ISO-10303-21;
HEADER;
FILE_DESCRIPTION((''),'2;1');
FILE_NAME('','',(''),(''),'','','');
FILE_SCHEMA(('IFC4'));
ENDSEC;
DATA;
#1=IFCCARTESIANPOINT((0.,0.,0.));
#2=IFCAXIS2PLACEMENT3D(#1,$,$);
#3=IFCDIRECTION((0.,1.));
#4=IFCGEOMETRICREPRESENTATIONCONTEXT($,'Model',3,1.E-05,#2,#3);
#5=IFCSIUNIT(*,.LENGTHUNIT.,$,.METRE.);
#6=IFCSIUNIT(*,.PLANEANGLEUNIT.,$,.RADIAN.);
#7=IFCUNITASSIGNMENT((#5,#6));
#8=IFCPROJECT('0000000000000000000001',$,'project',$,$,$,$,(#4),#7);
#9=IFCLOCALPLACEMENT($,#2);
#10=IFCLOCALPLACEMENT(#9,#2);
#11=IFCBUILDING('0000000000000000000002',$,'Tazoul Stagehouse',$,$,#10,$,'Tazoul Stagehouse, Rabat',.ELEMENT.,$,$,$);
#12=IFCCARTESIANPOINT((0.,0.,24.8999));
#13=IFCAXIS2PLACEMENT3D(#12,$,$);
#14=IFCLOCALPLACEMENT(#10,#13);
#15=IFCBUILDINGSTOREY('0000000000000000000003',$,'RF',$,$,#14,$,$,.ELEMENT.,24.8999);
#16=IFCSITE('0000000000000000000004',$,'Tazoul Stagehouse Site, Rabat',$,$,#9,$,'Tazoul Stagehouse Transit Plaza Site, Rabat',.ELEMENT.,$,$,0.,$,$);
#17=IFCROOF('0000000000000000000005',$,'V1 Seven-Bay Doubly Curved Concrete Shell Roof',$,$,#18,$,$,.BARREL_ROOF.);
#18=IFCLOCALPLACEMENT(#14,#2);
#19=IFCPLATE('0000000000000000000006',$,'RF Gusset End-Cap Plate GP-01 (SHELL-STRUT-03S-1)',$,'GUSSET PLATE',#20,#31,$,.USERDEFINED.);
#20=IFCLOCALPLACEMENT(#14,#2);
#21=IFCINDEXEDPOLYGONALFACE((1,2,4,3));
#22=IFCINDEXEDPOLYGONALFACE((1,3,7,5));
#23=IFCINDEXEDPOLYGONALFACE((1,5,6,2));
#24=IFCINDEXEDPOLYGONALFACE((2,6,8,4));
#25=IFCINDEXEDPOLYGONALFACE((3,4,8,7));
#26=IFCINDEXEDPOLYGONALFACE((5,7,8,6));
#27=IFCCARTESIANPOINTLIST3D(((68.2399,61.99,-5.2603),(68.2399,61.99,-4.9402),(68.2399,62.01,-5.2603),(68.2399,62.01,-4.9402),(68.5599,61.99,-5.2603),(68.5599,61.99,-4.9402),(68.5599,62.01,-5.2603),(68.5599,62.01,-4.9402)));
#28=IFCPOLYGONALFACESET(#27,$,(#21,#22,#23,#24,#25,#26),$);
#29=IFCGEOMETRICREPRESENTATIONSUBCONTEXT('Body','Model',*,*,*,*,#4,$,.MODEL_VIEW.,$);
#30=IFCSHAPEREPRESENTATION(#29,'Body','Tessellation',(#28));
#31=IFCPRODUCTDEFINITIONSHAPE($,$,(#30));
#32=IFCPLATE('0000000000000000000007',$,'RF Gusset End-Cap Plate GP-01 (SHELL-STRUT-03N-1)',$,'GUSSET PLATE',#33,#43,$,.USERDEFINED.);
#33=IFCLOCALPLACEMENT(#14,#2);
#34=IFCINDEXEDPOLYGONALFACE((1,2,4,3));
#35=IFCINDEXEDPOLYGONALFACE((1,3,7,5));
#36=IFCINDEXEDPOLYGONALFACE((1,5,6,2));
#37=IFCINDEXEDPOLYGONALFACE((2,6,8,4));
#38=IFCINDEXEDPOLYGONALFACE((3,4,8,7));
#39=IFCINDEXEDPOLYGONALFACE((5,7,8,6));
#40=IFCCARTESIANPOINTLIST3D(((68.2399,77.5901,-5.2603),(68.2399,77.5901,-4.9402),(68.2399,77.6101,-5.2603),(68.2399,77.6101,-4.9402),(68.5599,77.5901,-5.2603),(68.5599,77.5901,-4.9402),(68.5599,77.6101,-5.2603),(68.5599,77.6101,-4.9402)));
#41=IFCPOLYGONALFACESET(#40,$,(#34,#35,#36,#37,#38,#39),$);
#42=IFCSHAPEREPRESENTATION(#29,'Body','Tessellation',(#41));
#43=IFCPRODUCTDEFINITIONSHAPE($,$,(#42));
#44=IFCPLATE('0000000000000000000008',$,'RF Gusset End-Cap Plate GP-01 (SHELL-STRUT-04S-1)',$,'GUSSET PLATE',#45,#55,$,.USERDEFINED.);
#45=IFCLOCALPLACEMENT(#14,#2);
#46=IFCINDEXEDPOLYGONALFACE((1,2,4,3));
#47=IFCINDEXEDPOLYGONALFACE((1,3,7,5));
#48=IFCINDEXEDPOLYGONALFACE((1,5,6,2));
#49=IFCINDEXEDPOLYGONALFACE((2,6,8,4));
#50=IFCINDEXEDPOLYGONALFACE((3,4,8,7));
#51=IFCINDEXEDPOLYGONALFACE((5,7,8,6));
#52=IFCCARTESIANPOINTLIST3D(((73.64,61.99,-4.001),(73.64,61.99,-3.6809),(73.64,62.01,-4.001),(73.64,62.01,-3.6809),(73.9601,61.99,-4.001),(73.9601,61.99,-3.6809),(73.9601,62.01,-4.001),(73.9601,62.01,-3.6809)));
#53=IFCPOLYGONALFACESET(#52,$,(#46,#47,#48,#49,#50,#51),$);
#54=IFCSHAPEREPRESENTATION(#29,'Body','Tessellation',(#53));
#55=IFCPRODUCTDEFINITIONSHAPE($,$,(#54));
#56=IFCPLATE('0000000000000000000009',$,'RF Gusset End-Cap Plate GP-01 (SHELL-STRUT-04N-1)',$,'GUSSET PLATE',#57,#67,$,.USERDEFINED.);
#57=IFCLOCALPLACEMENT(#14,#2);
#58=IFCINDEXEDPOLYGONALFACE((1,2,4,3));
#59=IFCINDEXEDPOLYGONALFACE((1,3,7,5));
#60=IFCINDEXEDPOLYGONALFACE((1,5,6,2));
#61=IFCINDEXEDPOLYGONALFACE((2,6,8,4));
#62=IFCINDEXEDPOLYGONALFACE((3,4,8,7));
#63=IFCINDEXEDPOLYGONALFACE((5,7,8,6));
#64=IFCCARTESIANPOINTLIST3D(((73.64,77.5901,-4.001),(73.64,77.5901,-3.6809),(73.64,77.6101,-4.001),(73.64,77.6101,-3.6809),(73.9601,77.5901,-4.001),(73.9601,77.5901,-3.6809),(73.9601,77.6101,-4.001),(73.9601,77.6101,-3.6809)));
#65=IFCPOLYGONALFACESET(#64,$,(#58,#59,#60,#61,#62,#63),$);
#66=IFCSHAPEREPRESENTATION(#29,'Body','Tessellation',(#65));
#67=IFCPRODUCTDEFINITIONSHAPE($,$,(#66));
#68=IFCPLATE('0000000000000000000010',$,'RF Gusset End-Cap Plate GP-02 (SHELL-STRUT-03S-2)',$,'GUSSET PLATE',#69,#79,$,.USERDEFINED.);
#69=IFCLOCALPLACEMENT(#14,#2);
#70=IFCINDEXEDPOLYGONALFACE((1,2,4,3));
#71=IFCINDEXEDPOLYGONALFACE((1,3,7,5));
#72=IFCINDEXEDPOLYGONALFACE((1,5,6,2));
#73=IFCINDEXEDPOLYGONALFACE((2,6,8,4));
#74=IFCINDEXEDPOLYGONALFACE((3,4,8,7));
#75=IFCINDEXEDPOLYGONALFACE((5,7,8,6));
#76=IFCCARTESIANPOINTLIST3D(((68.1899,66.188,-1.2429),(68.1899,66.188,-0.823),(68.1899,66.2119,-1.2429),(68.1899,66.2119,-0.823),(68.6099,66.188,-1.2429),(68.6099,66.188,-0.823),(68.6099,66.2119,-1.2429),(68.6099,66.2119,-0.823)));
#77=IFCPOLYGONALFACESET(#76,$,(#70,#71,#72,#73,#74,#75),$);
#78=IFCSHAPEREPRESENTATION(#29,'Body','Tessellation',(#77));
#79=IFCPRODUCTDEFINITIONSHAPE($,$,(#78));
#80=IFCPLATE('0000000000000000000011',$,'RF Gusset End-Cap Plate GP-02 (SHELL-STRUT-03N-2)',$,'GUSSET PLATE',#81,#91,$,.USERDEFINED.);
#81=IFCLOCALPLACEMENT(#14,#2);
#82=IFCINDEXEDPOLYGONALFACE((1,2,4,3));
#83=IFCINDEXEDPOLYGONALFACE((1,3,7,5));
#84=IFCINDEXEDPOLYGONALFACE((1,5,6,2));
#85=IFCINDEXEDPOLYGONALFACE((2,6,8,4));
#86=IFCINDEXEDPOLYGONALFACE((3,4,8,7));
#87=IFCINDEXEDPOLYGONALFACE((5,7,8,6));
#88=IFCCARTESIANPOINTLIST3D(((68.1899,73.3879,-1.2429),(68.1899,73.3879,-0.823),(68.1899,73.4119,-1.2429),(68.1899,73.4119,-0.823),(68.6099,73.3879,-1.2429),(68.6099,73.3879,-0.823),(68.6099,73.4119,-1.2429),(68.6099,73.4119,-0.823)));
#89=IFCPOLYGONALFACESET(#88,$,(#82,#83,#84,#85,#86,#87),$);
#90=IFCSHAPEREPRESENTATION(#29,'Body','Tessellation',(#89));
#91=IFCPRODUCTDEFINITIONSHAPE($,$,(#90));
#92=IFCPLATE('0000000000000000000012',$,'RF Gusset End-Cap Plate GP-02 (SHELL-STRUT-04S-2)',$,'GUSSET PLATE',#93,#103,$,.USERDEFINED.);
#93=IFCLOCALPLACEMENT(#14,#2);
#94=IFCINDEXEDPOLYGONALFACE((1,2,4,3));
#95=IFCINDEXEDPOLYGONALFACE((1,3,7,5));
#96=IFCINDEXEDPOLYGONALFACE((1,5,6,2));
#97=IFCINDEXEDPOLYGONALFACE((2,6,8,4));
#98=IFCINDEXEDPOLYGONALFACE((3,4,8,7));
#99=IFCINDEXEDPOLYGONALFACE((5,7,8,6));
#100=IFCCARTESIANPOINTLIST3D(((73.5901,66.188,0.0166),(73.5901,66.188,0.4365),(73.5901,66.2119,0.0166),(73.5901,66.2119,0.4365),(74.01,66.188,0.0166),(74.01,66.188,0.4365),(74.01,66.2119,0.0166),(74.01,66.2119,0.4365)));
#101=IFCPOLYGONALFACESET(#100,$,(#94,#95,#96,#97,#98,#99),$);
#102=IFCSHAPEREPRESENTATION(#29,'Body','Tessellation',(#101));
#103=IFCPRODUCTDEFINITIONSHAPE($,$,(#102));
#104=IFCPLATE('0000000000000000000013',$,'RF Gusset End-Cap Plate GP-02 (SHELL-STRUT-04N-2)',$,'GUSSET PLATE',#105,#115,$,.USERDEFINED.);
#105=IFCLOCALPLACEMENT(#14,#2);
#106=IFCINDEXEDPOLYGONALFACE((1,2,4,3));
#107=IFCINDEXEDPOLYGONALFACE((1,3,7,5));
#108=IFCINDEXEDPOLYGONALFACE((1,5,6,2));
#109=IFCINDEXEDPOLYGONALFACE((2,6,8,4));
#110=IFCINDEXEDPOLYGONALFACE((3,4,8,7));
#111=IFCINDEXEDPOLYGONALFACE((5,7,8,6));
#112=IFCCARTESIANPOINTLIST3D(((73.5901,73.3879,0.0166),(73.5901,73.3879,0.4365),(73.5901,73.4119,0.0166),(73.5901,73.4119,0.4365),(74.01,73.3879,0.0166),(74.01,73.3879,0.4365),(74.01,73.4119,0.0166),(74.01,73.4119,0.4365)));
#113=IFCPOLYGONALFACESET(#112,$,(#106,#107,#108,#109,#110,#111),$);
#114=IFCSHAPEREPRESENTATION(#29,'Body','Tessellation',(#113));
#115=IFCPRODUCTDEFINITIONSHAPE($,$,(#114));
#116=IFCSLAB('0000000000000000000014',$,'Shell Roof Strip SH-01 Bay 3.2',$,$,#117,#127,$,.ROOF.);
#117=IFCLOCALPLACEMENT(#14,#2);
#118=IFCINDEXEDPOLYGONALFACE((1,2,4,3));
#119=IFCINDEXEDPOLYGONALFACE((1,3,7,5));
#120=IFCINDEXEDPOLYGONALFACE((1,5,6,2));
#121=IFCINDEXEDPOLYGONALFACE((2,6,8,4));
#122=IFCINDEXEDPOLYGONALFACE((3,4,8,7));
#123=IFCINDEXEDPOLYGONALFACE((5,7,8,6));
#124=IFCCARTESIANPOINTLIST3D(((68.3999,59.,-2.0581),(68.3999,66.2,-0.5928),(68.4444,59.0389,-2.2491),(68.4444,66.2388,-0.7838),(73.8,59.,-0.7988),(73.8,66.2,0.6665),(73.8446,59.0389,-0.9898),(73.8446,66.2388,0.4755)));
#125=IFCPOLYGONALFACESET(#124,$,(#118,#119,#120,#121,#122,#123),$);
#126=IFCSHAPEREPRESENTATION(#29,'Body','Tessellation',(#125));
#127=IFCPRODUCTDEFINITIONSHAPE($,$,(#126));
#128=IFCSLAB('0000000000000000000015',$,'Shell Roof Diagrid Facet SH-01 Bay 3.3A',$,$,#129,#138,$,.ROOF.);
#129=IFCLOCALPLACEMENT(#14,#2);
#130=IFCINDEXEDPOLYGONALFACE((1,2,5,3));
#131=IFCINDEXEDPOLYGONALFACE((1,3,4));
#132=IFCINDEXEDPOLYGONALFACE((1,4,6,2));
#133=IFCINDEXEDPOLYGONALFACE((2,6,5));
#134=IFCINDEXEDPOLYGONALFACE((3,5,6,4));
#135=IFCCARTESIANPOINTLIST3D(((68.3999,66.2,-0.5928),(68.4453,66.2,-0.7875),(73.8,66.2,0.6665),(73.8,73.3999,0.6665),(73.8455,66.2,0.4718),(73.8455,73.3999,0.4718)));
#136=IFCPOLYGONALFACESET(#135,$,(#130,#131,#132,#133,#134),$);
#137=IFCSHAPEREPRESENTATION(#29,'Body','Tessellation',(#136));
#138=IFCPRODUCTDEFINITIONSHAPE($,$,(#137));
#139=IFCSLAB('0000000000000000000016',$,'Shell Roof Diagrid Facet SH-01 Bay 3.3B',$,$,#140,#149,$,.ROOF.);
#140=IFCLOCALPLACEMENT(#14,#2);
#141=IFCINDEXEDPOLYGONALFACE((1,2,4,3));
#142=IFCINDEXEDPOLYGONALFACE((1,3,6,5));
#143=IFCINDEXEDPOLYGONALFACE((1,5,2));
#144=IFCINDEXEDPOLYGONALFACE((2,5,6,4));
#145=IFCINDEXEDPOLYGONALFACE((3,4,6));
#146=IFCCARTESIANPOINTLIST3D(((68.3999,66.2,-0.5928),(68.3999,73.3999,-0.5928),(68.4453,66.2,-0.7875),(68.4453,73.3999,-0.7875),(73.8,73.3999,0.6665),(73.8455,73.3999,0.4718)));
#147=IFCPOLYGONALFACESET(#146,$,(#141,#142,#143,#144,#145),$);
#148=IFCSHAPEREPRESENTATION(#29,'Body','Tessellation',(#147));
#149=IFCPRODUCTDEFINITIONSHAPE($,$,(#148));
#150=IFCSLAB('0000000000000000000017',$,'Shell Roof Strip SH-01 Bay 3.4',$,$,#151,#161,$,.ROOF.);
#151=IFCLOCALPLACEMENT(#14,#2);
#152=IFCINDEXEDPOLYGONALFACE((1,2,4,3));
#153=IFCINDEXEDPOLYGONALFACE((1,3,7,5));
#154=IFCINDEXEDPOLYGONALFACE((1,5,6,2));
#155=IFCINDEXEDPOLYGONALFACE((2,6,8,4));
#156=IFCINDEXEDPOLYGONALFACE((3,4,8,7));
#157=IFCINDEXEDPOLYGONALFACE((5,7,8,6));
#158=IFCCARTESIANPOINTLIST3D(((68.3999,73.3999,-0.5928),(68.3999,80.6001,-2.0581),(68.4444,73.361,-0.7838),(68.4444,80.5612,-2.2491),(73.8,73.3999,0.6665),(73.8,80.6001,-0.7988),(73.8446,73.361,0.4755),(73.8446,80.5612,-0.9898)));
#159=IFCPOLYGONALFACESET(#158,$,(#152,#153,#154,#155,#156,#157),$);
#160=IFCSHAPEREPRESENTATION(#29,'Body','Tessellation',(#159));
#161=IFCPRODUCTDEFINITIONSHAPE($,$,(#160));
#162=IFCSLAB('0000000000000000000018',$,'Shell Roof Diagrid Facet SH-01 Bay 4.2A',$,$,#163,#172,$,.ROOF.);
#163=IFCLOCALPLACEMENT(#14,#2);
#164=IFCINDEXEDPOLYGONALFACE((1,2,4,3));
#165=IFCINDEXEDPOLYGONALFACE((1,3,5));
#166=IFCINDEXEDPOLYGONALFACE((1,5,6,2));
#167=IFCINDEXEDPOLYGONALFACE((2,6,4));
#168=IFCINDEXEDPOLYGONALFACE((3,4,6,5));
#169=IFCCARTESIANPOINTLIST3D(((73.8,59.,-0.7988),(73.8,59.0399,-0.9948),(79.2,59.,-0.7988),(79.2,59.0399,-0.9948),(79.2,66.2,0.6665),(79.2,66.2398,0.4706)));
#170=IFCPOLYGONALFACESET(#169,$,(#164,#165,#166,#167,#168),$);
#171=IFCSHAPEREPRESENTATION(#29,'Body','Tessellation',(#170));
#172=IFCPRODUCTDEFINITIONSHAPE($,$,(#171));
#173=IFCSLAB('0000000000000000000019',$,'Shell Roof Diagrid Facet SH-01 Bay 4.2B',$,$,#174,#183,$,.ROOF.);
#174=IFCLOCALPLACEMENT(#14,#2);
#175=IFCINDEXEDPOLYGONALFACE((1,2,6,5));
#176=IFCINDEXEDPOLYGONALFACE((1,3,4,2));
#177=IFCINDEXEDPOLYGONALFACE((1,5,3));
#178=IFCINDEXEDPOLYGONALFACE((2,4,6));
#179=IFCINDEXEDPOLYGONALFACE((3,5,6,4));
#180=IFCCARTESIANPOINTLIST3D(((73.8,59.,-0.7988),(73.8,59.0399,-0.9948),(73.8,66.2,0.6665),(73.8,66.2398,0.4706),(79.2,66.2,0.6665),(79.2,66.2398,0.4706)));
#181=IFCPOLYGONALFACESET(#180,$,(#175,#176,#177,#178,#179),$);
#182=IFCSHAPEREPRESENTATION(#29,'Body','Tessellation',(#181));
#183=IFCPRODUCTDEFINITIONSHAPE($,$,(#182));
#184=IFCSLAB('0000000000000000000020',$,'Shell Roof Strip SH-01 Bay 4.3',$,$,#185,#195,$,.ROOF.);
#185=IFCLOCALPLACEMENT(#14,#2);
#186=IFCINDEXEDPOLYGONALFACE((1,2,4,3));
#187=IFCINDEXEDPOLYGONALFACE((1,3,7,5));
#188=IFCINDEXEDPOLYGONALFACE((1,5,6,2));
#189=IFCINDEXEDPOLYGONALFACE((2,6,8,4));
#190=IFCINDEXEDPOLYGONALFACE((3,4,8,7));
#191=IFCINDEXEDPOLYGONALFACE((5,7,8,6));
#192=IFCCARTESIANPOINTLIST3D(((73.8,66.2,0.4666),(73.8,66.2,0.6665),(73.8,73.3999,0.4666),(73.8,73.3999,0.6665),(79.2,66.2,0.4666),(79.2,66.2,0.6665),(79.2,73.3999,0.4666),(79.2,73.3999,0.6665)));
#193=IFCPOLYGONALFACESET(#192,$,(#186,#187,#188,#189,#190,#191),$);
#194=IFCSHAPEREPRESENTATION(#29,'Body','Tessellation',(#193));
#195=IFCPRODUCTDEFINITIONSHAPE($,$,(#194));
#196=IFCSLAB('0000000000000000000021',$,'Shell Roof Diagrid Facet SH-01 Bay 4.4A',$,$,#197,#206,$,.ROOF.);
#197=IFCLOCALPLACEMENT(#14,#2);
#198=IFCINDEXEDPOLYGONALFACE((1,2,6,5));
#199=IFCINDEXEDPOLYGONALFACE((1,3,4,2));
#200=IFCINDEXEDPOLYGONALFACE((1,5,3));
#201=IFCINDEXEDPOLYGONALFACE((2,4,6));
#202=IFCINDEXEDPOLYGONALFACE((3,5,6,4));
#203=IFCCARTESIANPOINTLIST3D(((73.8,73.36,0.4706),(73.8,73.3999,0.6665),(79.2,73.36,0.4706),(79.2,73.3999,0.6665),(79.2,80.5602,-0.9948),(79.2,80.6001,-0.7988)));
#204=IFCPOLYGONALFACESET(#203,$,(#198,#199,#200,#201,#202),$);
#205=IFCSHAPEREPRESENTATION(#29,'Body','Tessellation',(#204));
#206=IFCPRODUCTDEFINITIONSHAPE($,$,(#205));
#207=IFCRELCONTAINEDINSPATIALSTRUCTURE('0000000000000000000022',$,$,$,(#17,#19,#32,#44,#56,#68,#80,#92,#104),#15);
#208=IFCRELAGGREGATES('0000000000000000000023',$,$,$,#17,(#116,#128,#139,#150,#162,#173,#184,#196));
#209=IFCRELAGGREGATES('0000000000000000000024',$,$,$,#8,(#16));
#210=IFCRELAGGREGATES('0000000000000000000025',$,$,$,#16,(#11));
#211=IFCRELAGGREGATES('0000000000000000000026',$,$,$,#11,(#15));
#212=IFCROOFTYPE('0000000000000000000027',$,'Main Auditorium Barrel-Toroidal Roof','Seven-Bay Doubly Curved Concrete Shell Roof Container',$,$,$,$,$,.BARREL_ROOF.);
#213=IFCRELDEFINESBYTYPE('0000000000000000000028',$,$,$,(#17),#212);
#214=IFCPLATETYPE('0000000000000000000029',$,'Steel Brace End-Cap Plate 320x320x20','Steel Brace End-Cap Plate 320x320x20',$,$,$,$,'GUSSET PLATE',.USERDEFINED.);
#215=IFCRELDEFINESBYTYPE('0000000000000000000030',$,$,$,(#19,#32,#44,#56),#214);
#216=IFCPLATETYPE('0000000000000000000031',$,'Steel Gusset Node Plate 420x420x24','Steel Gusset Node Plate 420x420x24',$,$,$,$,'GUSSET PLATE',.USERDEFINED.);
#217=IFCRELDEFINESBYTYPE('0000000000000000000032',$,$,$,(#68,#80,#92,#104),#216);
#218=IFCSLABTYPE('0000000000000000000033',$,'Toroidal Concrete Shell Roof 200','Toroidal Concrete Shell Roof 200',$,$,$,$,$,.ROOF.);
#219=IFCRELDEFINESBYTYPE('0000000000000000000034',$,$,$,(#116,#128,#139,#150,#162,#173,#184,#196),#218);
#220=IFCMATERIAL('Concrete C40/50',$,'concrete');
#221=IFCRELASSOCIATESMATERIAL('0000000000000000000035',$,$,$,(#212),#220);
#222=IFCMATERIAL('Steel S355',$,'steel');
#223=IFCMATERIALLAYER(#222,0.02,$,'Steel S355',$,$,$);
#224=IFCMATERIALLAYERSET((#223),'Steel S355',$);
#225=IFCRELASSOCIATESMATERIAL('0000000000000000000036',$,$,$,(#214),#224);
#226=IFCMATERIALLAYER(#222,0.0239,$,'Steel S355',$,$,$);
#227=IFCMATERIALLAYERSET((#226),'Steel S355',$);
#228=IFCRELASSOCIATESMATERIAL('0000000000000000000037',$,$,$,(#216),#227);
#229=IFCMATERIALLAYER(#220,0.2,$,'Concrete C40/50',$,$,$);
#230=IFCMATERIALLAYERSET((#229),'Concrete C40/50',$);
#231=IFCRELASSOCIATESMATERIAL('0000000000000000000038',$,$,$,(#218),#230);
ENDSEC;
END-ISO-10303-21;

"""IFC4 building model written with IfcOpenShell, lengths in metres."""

from ifc_helpers import new_model, si_unit, direction, frame, origin, origin_2d, place, context, subcontext, project, spatial, polyline, rectangle, outline, extrude, material, layer, layer_set, type_object, element, aggregate, save


model = new_model("IFC4")

# Units and contexts
model_context = context("Model", 3, precision=1e-05, world=origin(), true_north=direction((0.0, 1.0)))
body_context = subcontext(model_context, "Body", "Model", "MODEL_VIEW")
ifc_project = project(units=[si_unit("LENGTHUNIT", "METRE"), si_unit("PLANEANGLEUNIT", "RADIAN")], contexts=[model_context])

# Site, building, storey
site_placement = place(None, origin())
site = spatial("IfcSite", under=ifc_project, at=site_placement, Name="Tazoul Stagehouse Site, Rabat", LongName="Tazoul Stagehouse Transit Plaza Site, Rabat", CompositionType="ELEMENT", RefElevation=0.0)
building_placement = place(site_placement, origin())
building = spatial("IfcBuilding", under=site, at=building_placement, Name="Tazoul Stagehouse", LongName="Tazoul Stagehouse, Rabat", CompositionType="ELEMENT")
storey_placement = place(building_placement, frame((0.0, 0.0, 24.8999)))
storey = spatial("IfcBuildingStorey", under=building, at=storey_placement, Name="RF", CompositionType="ELEMENT", Elevation=24.8999)

# Shared definitions
ifc_material_1 = material(Name="Concrete C40/50", Category="concrete")

# Shared definitions
ifc_material_2 = material(Name="Steel S355", Category="steel")

# Roof
roof_type = type_object("IfcRoofType", Name="Main Auditorium Barrel-Toroidal Roof", Description="Seven-Bay Doubly Curved Concrete Shell Roof Container", PredefinedType="BARREL_ROOF", material=ifc_material_1)
roof_placement = place(storey_placement, origin())
roof = element("IfcRoof", 1, at=roof_placement, inside=storey, type_object=roof_type, Name="V1 Seven-Bay Doubly Curved Concrete Shell Roof", PredefinedType="BARREL_ROOF")

# Plates
ifc_layer_1 = layer(ifc_material_2, 0.02, Name="Steel S355")
ifc_layer_set_1 = layer_set([ifc_layer_1], Name="Steel S355")
plate_type_1 = type_object("IfcPlateType", Name="Steel Brace End-Cap Plate 320x320x20", Description="Steel Brace End-Cap Plate 320x320x20", ElementType="GUSSET PLATE", PredefinedType="USERDEFINED", material=ifc_layer_set_1)
for number, where, z_axis, x_axis, name in (
    (2, (68.3999, 62.0, -5.2603), (0.0, 0.0, 1.0), (0.0, 1.0, 0.0), "RF Gusset End-Cap Plate GP-01 (SHELL-STRUT-03S-1)"),
    (3, (68.3999, 77.6001, -5.2603), (0.0, 0.0, 1.0), (0.0, -1.0, 0.0), "RF Gusset End-Cap Plate GP-01 (SHELL-STRUT-03N-1)"),
    (4, (73.8, 62.0, -4.001), (0.0, 0.0, 1.0), (0.0, 1.0, 0.0), "RF Gusset End-Cap Plate GP-01 (SHELL-STRUT-04S-1)"),
    (5, (73.8, 77.6001, -4.001), (0.0, 0.0, 1.0), (0.0, -1.0, 0.0), "RF Gusset End-Cap Plate GP-01 (SHELL-STRUT-04N-1)"),
):
    element("IfcPlate", number, at=place(storey_placement, frame(where, z_axis=z_axis, x_axis=x_axis)), inside=storey, type_object=plate_type_1, Name=name, ObjectType="GUSSET PLATE", PredefinedType="USERDEFINED", context=body_context, shape_type="SweptSolid", body=[
        extrude(rectangle(XDim=0.02, YDim=0.3201, at=origin_2d()), origin(), (0.0, 0.0, 1.0), 0.3201),
    ])
ifc_layer_2 = layer(ifc_material_2, 0.0239, Name="Steel S355")
ifc_layer_set_2 = layer_set([ifc_layer_2], Name="Steel S355")
plate_type_2 = type_object("IfcPlateType", Name="Steel Gusset Node Plate 420x420x24", Description="Steel Gusset Node Plate 420x420x24", ElementType="GUSSET PLATE", PredefinedType="USERDEFINED", material=ifc_layer_set_2)
for number, where, z_axis, x_axis, name in (
    (6, (68.3999, 66.2, -1.2429), (0.0, 0.0, 1.0), (0.0, 1.0, 0.0), "RF Gusset End-Cap Plate GP-02 (SHELL-STRUT-03S-2)"),
    (7, (68.3999, 73.3999, -1.2429), (0.0, 0.0, 1.0), (0.0, -1.0, 0.0), "RF Gusset End-Cap Plate GP-02 (SHELL-STRUT-03N-2)"),
    (8, (73.8, 66.2, 0.0166), (0.0, 0.0, 1.0), (0.0, 1.0, 0.0), "RF Gusset End-Cap Plate GP-02 (SHELL-STRUT-04S-2)"),
    (9, (73.8, 73.3999, 0.0166), (0.0, 0.0, 1.0), (0.0, -1.0, 0.0), "RF Gusset End-Cap Plate GP-02 (SHELL-STRUT-04N-2)"),
):
    element("IfcPlate", number, at=place(storey_placement, frame(where, z_axis=z_axis, x_axis=x_axis)), inside=storey, type_object=plate_type_2, Name=name, ObjectType="GUSSET PLATE", PredefinedType="USERDEFINED", context=body_context, shape_type="SweptSolid", body=[
        extrude(rectangle(XDim=0.0239, YDim=0.4199, at=origin_2d()), origin(), (0.0, 0.0, 1.0), 0.4199),
    ])

# Slabs
ifc_layer_3 = layer(ifc_material_1, 0.2, Name="Concrete C40/50")
ifc_layer_set_3 = layer_set([ifc_layer_3], Name="Concrete C40/50")
slab_type_1 = type_object("IfcSlabType", Name="Toroidal Concrete Shell Roof 200", Description="Toroidal Concrete Shell Roof 200", PredefinedType="ROOF", material=ifc_layer_set_3)
slab_1_placement = place(storey_placement, frame((68.3999, 59.0, -2.0581), z_axis=(-0.222767, -0.19442, 0.955288), x_axis=(0.973871, 0.0, 0.2271)))
slab_1 = element("IfcSlab", 10, at=slab_1_placement, type_object=slab_type_1, Name="Shell Roof Strip SH-01 Bay 3.2", PredefinedType="ROOF", context=body_context, shape_type="SweptSolid", body=[
    extrude(outline(polyline([(0.0, 0.0), (5.545, 0.0), (5.8778, 7.34), (0.3328, 7.34), (0.0, 0.0)])), origin(), (0.0, 0.0, -1.0), 0.2),
])
slab_2_placement = place(storey_placement, frame((68.3999, 66.2, -0.5928), z_axis=(-0.2271, 0.0, 0.973871), x_axis=(0.973871, 0.0, 0.2271)))
slab_2 = element("IfcSlab", 11, at=slab_2_placement, type_object=slab_type_1, Name="Shell Roof Diagrid Facet SH-01 Bay 3.3A", PredefinedType="ROOF", context=body_context, shape_type="SweptSolid", body=[
    extrude(outline(polyline([(0.0, 0.0), (5.545, 0.0), (5.545, 7.2), (0.0, 0.0)])), origin(), (0.0, 0.0, -1.0), 0.2),
])
slab_3_placement = place(storey_placement, frame((68.3999, 66.2, -0.5928), z_axis=(-0.2271, 0.0, 0.973871), x_axis=(0.594225, 0.792273, 0.138569)))
slab_3 = element("IfcSlab", 12, at=slab_3_placement, type_object=slab_type_1, Name="Shell Roof Diagrid Facet SH-01 Bay 3.3B", PredefinedType="ROOF", context=body_context, shape_type="SweptSolid", body=[
    extrude(outline(polyline([(0.0, 0.0), (9.0877, 0.0), (5.7043, 4.3932), (0.0, 0.0)])), origin(), (0.0, 0.0, -1.0), 0.2),
])
slab_4_placement = place(storey_placement, frame((68.3999, 73.3999, -0.5928), z_axis=(-0.222767, 0.194414, 0.95529), x_axis=(0.973871, 0.0, 0.2271)))
slab_4 = element("IfcSlab", 13, at=slab_4_placement, type_object=slab_type_1, Name="Shell Roof Strip SH-01 Bay 3.4", PredefinedType="ROOF", context=body_context, shape_type="SweptSolid", body=[
    extrude(outline(polyline([(0.0, 0.0), (5.545, 0.0), (5.2123, 7.3402), (-0.3328, 7.3402), (0.0, 0.0)])), origin(), (0.0, 0.0, -1.0), 0.2),
])
slab_5_placement = place(storey_placement, frame((73.8, 59.0, -0.7988), z_axis=(0.0, -0.199431, 0.979912), x_axis=(1.0, 0.0, 0.0)))
slab_5 = element("IfcSlab", 14, at=slab_5_placement, type_object=slab_type_1, Name="Shell Roof Diagrid Facet SH-01 Bay 4.2A", PredefinedType="ROOF", context=body_context, shape_type="SweptSolid", body=[
    extrude(outline(polyline([(0.0, 0.0), (5.3999, 0.0), (5.3999, 7.3476), (0.0, 0.0)])), origin(), (0.0, 0.0, -1.0), 0.2),
])
slab_6_placement = place(storey_placement, frame((73.8, 59.0, -0.7988), z_axis=(0.0, -0.199431, 0.979912), x_axis=(0.592198, 0.789606, 0.1607)))
slab_6 = element("IfcSlab", 15, at=slab_6_placement, type_object=slab_type_1, Name="Shell Roof Diagrid Facet SH-01 Bay 4.2B", PredefinedType="ROOF", context=body_context, shape_type="SweptSolid", body=[
    extrude(outline(polyline([(0.0, 0.0), (9.1184, 0.0), (5.9206, 4.3512), (0.0, 0.0)])), origin(), (0.0, 0.0, -1.0), 0.2),
])
slab_7_placement = place(storey_placement, frame((73.8, 66.2, 0.6665), z_axis=(0.0, 0.0, 1.0), x_axis=(1.0, 0.0, 0.0)))
slab_7 = element("IfcSlab", 16, at=slab_7_placement, type_object=slab_type_1, Name="Shell Roof Strip SH-01 Bay 4.3", PredefinedType="ROOF", context=body_context, shape_type="SweptSolid", body=[
    extrude(outline(polyline([(0.0, 0.0), (5.3999, 0.0), (5.3999, 7.2), (0.0, 7.2), (0.0, 0.0)])), origin(), (0.0, 0.0, -1.0), 0.2),
])
slab_8_placement = place(storey_placement, frame((73.8, 73.3999, 0.6665), z_axis=(0.0, 0.199425, 0.979913), x_axis=(1.0, 0.0, 0.0)))
slab_8 = element("IfcSlab", 17, at=slab_8_placement, type_object=slab_type_1, Name="Shell Roof Diagrid Facet SH-01 Bay 4.4A", PredefinedType="ROOF", context=body_context, shape_type="SweptSolid", body=[
    extrude(outline(polyline([(0.0, 0.0), (5.3999, 0.0), (5.3999, 7.3478), (0.0, 0.0)])), origin(), (0.0, 0.0, -1.0), 0.2),
])
aggregate(roof, [slab_1, slab_2, slab_3, slab_4, slab_5, slab_6, slab_7, slab_8])

save(model, "model.ifc")
